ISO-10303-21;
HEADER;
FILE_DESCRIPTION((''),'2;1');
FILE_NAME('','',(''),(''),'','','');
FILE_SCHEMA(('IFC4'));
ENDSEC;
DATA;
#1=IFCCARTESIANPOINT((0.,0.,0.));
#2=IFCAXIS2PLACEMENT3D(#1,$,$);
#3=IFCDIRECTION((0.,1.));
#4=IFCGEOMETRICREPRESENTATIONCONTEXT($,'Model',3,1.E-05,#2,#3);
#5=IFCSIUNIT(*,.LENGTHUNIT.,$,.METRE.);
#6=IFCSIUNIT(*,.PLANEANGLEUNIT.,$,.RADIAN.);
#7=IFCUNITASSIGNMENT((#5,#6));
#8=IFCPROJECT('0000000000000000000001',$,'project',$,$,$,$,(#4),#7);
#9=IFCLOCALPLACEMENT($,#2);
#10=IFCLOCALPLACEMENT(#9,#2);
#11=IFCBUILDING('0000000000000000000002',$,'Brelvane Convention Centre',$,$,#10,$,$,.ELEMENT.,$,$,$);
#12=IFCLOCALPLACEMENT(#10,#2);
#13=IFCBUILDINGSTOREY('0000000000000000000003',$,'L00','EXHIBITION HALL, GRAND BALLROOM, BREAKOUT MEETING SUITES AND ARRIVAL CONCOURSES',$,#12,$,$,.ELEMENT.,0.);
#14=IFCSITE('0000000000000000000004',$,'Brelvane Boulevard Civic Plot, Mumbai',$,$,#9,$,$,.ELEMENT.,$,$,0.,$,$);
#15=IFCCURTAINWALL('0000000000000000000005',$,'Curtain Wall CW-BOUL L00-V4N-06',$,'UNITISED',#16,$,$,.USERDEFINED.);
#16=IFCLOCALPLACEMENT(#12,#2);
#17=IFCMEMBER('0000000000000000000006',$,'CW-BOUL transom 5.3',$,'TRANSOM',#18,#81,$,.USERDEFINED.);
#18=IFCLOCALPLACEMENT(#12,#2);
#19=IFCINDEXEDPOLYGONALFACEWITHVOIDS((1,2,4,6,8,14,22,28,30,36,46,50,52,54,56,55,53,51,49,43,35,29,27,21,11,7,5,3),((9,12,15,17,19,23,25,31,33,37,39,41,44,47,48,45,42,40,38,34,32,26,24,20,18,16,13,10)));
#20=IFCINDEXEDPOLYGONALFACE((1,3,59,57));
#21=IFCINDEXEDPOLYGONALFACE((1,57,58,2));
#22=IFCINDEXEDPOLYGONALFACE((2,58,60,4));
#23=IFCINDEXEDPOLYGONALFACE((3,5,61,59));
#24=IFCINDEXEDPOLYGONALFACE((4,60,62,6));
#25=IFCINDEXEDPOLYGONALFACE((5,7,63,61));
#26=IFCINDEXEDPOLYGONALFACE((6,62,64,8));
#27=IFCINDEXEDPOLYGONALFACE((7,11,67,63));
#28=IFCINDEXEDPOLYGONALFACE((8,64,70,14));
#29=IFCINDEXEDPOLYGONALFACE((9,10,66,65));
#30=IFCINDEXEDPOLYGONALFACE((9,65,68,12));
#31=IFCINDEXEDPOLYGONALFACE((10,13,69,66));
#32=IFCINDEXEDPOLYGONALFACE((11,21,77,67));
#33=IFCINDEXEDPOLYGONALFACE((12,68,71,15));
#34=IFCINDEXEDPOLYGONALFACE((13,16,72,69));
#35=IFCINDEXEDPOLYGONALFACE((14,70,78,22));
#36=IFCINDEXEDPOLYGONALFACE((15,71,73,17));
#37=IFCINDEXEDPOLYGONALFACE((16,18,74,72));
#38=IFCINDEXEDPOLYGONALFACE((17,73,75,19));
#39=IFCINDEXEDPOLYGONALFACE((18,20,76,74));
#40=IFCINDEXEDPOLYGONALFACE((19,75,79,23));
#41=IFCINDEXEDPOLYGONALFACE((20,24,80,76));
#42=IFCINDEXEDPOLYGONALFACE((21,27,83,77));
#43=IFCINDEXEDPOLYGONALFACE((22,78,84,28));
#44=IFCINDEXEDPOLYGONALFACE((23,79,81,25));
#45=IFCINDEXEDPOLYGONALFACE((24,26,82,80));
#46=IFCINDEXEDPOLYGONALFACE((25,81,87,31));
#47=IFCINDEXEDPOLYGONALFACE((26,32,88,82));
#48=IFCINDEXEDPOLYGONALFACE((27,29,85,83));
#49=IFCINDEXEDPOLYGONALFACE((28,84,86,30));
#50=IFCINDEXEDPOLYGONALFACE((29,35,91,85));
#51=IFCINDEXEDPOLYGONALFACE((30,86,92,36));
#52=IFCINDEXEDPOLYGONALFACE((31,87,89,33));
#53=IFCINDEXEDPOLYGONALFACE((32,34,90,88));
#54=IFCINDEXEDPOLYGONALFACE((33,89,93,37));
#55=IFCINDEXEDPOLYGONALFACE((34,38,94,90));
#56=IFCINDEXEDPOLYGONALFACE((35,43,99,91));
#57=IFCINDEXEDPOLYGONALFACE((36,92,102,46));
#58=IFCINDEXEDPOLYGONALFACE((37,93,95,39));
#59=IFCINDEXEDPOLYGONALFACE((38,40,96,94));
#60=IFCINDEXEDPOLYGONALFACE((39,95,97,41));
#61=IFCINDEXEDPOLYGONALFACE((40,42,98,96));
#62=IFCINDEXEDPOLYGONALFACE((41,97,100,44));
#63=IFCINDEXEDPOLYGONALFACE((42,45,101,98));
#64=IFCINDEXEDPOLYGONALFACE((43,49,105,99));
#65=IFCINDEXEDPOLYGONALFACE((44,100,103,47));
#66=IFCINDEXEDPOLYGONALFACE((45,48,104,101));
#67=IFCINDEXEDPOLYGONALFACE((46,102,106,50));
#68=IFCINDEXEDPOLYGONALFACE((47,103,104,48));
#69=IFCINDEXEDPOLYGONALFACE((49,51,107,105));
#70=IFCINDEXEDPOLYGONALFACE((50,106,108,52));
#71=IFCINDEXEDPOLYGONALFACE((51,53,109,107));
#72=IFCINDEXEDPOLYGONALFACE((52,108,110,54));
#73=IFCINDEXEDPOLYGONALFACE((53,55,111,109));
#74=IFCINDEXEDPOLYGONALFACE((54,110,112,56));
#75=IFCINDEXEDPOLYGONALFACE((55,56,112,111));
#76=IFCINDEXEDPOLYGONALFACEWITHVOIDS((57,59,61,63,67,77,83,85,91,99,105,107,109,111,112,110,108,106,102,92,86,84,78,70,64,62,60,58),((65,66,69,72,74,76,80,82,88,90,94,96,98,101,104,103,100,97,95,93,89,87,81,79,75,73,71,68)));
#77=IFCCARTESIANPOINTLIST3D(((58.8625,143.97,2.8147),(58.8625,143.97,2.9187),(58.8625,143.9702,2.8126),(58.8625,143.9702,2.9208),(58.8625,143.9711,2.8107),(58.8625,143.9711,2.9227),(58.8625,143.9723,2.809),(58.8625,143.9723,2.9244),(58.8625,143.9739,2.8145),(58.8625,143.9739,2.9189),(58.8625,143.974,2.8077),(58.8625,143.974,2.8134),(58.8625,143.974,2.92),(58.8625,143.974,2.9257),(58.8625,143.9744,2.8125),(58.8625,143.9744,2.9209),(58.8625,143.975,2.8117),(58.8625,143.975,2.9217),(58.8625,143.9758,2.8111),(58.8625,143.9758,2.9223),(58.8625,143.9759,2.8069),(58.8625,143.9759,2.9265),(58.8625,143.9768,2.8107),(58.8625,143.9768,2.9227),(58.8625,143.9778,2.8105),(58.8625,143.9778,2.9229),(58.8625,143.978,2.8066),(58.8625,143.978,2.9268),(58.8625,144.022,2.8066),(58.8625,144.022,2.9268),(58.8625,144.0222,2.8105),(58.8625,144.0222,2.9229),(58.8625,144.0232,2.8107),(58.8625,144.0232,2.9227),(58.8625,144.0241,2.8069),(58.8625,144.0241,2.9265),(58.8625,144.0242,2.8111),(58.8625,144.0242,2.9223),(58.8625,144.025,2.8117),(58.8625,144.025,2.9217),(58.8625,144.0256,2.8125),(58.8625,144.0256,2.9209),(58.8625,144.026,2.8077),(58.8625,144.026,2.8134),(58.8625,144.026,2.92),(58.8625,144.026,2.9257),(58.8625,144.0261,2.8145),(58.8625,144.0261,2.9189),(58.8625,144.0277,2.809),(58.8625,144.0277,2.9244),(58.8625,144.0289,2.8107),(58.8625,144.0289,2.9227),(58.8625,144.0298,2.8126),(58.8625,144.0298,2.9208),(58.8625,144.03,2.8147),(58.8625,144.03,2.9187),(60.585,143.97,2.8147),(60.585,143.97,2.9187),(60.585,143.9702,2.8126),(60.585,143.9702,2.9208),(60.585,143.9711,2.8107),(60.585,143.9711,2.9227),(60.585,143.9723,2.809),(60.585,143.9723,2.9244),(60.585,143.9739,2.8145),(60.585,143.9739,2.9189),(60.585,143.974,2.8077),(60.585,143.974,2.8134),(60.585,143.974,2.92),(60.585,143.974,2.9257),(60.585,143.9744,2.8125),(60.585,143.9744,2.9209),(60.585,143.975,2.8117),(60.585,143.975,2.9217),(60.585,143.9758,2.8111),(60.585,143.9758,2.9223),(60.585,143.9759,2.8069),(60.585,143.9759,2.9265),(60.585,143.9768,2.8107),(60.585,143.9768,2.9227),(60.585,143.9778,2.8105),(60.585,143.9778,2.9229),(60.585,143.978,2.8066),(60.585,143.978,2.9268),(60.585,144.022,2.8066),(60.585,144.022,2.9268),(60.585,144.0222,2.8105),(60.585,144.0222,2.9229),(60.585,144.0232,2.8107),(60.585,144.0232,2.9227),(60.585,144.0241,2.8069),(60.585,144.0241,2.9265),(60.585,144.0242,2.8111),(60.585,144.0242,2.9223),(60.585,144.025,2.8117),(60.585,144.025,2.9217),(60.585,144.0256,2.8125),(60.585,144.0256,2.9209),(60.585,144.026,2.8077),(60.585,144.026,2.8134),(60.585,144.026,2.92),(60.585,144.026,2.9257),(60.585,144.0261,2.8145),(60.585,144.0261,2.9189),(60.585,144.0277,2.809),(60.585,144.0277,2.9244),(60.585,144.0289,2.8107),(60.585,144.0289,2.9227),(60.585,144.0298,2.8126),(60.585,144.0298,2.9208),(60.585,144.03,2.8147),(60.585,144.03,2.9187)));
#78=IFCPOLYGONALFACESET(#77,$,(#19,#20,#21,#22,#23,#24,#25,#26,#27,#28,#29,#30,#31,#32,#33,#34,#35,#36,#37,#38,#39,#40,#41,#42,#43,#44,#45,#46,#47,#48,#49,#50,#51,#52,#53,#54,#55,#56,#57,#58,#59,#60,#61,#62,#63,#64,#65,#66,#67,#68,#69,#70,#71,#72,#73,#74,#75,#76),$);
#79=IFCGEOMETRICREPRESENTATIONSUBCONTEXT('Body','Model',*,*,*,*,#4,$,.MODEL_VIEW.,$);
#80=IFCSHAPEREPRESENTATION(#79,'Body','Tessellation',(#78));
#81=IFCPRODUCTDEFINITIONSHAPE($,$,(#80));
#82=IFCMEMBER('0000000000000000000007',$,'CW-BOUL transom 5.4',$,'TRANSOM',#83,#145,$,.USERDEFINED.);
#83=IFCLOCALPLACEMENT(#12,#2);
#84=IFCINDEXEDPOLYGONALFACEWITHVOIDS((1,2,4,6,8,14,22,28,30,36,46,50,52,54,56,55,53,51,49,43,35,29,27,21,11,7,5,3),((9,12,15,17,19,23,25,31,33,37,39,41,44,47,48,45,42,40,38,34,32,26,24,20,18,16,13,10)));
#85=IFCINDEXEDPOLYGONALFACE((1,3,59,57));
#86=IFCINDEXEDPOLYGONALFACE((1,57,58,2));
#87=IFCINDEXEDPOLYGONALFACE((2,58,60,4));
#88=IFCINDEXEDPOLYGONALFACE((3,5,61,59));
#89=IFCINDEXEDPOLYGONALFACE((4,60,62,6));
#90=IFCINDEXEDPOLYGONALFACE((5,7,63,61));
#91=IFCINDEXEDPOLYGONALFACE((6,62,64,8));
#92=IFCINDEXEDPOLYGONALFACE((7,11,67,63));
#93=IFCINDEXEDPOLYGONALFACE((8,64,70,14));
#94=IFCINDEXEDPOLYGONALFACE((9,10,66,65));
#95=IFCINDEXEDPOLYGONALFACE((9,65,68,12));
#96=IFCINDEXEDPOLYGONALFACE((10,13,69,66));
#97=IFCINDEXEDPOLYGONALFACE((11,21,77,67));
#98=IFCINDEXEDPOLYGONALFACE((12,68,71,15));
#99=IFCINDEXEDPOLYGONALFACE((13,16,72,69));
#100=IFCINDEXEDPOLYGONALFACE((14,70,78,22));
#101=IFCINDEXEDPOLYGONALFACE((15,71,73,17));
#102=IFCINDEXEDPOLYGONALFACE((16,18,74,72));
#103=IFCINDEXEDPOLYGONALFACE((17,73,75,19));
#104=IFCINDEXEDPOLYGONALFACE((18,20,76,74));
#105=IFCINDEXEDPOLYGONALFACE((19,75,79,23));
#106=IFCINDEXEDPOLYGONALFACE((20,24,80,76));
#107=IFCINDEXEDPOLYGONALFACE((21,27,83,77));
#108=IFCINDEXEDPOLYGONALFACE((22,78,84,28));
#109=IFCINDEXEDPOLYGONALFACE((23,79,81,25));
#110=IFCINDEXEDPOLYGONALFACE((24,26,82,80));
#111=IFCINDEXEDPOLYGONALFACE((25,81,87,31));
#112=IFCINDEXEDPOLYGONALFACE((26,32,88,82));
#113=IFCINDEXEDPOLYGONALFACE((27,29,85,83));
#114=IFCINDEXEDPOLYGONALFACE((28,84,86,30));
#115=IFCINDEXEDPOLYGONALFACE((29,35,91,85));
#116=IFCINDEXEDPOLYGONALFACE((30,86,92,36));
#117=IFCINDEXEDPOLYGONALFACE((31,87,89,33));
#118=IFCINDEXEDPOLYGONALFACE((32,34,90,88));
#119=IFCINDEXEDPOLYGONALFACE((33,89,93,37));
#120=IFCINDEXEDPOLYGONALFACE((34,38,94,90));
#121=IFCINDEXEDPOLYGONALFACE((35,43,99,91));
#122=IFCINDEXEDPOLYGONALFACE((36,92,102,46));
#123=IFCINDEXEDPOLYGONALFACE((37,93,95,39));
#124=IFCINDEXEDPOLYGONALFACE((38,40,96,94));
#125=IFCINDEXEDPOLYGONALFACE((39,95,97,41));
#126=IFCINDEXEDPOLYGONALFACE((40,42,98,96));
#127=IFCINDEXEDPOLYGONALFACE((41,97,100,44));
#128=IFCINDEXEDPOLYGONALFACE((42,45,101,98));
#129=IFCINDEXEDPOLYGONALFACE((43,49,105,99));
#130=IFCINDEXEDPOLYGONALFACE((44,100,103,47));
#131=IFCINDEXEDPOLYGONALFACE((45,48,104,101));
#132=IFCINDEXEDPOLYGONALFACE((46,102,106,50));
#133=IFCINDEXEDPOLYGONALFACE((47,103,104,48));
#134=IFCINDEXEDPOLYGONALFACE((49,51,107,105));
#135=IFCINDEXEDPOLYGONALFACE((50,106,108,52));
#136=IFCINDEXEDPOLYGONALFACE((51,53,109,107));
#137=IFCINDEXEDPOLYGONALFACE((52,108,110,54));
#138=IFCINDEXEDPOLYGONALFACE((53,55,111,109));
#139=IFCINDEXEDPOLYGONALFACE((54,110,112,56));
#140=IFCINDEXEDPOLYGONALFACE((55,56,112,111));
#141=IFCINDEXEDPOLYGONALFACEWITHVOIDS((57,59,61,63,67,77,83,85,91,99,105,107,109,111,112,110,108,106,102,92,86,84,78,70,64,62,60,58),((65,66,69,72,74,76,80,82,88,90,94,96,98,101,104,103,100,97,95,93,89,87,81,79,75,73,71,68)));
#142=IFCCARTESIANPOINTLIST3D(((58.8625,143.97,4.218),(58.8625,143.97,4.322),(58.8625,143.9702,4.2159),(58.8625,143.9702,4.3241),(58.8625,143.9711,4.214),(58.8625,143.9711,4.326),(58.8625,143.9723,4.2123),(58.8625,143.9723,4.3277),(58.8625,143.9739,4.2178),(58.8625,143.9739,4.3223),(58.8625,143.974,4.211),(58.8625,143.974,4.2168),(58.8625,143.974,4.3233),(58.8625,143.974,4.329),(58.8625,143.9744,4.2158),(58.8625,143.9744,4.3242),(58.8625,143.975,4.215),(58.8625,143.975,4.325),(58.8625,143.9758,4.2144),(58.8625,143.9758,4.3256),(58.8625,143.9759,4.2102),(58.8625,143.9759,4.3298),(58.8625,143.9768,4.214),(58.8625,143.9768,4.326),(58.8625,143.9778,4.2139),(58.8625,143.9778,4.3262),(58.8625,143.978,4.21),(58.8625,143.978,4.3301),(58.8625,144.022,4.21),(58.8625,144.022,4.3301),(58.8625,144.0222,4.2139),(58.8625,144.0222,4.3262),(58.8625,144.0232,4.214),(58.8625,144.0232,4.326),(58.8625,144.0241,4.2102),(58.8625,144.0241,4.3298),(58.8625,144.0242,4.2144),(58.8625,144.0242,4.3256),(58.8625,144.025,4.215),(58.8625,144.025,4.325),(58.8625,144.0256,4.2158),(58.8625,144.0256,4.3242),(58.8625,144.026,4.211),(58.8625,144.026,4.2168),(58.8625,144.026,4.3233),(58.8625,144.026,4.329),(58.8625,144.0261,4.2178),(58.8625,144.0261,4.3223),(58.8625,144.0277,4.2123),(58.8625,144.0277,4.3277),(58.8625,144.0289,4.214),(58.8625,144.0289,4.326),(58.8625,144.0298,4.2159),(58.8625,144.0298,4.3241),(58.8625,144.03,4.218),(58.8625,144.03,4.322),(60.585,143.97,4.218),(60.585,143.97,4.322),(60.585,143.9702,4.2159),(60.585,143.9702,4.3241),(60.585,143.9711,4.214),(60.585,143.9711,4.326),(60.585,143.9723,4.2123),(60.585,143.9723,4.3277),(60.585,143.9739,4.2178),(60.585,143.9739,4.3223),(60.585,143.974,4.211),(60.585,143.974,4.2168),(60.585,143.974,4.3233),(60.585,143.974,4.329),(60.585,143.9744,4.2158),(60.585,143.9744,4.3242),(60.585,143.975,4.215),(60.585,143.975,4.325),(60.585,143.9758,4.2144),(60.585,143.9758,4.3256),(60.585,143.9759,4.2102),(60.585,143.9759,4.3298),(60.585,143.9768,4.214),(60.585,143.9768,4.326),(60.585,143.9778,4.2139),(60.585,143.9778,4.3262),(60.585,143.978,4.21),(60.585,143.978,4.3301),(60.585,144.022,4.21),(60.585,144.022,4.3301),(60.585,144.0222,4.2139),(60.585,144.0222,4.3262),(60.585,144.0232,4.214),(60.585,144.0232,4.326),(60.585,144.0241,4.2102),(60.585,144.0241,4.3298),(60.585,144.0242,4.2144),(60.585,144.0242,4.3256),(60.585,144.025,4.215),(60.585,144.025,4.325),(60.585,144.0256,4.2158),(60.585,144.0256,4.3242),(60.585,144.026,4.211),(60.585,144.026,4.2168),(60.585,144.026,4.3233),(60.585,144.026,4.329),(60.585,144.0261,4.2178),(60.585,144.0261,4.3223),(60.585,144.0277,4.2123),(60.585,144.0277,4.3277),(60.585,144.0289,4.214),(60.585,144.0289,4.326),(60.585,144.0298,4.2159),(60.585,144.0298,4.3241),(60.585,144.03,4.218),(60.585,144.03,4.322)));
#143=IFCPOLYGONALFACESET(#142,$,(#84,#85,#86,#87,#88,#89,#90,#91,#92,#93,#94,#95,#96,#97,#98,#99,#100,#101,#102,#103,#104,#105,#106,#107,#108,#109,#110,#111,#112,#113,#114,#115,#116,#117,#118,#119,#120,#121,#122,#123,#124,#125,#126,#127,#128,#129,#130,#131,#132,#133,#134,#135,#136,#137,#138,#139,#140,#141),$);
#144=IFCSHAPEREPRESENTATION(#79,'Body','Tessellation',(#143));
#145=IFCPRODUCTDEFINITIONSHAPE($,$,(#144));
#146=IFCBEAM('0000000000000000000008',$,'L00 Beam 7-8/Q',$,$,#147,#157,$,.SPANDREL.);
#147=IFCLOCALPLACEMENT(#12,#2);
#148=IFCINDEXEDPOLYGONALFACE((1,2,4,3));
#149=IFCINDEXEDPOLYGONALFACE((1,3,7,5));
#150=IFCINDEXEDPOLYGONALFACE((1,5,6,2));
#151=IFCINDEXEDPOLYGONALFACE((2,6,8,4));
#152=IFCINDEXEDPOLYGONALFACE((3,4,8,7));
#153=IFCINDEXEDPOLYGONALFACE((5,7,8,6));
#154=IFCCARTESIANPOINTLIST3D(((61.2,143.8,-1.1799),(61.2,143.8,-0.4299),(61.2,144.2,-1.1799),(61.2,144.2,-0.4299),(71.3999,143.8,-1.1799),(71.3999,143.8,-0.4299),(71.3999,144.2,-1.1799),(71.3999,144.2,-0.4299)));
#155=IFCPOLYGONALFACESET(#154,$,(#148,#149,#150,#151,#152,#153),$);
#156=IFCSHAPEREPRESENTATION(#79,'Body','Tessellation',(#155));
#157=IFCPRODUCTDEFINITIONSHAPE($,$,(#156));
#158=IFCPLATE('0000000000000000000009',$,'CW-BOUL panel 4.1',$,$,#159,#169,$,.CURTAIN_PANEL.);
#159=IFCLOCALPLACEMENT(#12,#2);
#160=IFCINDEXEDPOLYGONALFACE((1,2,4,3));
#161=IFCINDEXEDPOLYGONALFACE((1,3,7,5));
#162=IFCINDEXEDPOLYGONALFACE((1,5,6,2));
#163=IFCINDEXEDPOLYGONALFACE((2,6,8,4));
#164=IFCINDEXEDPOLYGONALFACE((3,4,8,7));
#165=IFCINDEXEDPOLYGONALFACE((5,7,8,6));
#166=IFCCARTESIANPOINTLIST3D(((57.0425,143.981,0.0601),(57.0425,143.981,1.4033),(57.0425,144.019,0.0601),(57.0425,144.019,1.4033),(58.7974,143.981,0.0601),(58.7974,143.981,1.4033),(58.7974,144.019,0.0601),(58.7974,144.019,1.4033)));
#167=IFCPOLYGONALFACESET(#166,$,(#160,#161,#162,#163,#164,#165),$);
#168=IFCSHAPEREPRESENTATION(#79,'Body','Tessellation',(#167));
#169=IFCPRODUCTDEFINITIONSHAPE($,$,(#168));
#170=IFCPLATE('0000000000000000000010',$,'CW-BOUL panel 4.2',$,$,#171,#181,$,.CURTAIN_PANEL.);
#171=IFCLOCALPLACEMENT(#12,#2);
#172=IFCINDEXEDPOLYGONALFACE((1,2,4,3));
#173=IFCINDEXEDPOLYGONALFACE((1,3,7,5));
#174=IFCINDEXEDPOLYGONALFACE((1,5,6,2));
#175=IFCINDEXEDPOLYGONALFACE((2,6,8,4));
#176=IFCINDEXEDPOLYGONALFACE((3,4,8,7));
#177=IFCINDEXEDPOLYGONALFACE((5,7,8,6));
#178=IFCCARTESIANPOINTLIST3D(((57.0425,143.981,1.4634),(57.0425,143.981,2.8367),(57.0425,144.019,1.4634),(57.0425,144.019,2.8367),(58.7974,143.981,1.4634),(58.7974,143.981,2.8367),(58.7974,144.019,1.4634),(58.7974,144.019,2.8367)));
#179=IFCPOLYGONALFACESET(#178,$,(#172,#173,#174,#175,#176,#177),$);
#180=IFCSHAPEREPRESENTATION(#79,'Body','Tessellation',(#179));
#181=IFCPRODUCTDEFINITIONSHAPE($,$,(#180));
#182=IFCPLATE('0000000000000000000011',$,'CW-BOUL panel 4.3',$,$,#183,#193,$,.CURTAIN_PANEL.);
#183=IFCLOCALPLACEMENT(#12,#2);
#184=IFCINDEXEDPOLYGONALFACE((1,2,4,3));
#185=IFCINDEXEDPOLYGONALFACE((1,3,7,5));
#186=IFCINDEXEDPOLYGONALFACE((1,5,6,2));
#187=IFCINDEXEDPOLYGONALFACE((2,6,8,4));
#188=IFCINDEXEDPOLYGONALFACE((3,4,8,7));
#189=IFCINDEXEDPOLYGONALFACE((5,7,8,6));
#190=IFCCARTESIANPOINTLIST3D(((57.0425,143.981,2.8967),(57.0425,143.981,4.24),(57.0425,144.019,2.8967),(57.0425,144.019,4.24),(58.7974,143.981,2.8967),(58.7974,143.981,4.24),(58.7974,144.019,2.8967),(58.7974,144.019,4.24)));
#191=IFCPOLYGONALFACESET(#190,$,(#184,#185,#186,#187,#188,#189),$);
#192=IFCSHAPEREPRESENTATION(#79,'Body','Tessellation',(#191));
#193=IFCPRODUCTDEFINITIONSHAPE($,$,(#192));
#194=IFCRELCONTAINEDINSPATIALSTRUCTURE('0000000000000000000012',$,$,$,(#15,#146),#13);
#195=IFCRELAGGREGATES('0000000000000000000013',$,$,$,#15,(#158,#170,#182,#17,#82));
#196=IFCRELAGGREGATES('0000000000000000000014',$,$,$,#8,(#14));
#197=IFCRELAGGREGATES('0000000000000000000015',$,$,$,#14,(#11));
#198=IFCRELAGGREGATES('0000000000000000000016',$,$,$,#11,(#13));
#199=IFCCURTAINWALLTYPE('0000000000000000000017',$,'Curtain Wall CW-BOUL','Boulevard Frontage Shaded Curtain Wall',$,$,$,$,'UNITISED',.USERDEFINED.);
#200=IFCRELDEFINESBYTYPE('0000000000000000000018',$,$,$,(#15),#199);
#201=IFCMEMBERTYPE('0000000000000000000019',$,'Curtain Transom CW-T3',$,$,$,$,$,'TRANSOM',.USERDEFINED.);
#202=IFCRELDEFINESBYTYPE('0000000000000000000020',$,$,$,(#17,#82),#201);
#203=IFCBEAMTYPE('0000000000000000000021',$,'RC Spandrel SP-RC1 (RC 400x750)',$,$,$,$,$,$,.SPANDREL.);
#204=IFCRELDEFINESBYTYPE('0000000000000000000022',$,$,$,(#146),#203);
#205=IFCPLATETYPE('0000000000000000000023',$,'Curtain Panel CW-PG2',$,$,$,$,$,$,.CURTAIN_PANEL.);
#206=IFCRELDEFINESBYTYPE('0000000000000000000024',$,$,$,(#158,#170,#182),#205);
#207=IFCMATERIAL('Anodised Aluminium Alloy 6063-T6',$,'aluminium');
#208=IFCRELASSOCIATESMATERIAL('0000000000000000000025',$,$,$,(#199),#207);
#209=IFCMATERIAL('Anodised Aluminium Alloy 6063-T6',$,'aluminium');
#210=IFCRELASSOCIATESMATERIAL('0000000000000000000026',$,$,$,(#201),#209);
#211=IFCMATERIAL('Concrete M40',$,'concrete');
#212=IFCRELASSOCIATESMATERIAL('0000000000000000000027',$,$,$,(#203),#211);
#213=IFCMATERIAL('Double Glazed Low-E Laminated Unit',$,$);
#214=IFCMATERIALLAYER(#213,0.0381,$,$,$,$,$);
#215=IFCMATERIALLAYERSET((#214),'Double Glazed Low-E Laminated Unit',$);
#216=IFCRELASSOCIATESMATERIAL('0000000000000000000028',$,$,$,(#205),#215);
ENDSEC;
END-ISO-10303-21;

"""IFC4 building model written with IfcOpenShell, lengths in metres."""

from ifc_helpers import new_model, si_unit, direction, frame, origin, origin_2d, place, context, subcontext, project, spatial, rectangle, hollow_rectangle, extrude, material, layer, layer_set, material_profile, profile_set, type_object, element, aggregate, save


model = new_model("IFC4")

# Units and contexts
model_context = context("Model", 3, precision=1e-05, world=origin(), true_north=direction((0.0, 1.0)))
body_context = subcontext(model_context, "Body", "Model", "MODEL_VIEW")
ifc_project = project(units=[si_unit("LENGTHUNIT", "METRE"), si_unit("PLANEANGLEUNIT", "RADIAN")], contexts=[model_context])

# Site, building, storey
site_placement = place(None, origin())
site = spatial("IfcSite", under=ifc_project, at=site_placement, Name="Brelvane Boulevard Civic Plot, Mumbai", CompositionType="ELEMENT", RefElevation=0.0)
building_placement = place(site_placement, origin())
building = spatial("IfcBuilding", under=site, at=building_placement, Name="Brelvane Convention Centre", CompositionType="ELEMENT")
storey_placement = place(building_placement, origin())
storey = spatial("IfcBuildingStorey", under=building, at=storey_placement, Name="L00", Description="EXHIBITION HALL, GRAND BALLROOM, BREAKOUT MEETING SUITES AND ARRIVAL CONCOURSES", CompositionType="ELEMENT", Elevation=0.0)

# Curtain wall, members
ifc_material_1 = material(Name="Anodised Aluminium Alloy 6063-T6", Category="aluminium")
curtain_wall_type = type_object("IfcCurtainWallType", Name="Curtain Wall CW-BOUL", Description="Boulevard Frontage Shaded Curtain Wall", ElementType="UNITISED", PredefinedType="USERDEFINED", material=ifc_material_1)
curtain_wall_placement = place(storey_placement, origin())
curtain_wall = element("IfcCurtainWall", 1, at=curtain_wall_placement, inside=storey, type_object=curtain_wall_type, Name="Curtain Wall CW-BOUL L00-V4N-06", ObjectType="UNITISED", PredefinedType="USERDEFINED")
ifc_material_2 = material(Name="Anodised Aluminium Alloy 6063-T6", Category="aluminium")
ifc_material_profile_1 = material_profile(ifc_material_2, hollow_rectangle(XDim=0.0601, YDim=0.1201, WallThickness=0.0039, InnerFilletRadius=0.0039, OuterFilletRadius=0.0081, at=origin_2d()), Name="ALU-T 120x60x4.0")
ifc_profile_set_1 = profile_set([ifc_material_profile_1], Name="Anodised Aluminium Alloy 6063-T6")
member_type_1 = type_object("IfcMemberType", Name="Curtain Transom CW-T3", ElementType="TRANSOM", PredefinedType="USERDEFINED", material=ifc_profile_set_1)
member_1_placement = place(storey_placement, frame((58.8625, 144.0, 2.8667), z_axis=(1.0, 0.0, 0.0), x_axis=(0.0, 1.0, 0.0)))
member_1 = element("IfcMember", 2, at=member_1_placement, type_object=member_type_1, Name="CW-BOUL transom 5.3", ObjectType="TRANSOM", PredefinedType="USERDEFINED", context=body_context, shape_type="SweptSolid", body=[
    extrude(hollow_rectangle(XDim=0.0601, YDim=0.1201, WallThickness=0.0039, InnerFilletRadius=0.0039, OuterFilletRadius=0.0081, at=origin_2d()), origin(), (0.0, 0.0, 1.0), 1.7224),
])
member_2_placement = place(storey_placement, frame((58.8625, 144.0, 4.27), z_axis=(1.0, 0.0, 0.0), x_axis=(0.0, 1.0, 0.0)))
member_2 = element("IfcMember", 3, at=member_2_placement, type_object=member_type_1, Name="CW-BOUL transom 5.4", ObjectType="TRANSOM", PredefinedType="USERDEFINED", context=body_context, shape_type="SweptSolid", body=[
    extrude(hollow_rectangle(XDim=0.0601, YDim=0.1201, WallThickness=0.0039, InnerFilletRadius=0.0039, OuterFilletRadius=0.0081, at=origin_2d()), origin(), (0.0, 0.0, 1.0), 1.7224),
])

# Beam
ifc_material_3 = material(Name="Concrete M40", Category="concrete")
ifc_material_profile_2 = material_profile(ifc_material_3, rectangle(XDim=0.3999, YDim=0.75, at=origin_2d()), Name="RC 400x750")
ifc_profile_set_2 = profile_set([ifc_material_profile_2], Name="Concrete M40")
beam_type = type_object("IfcBeamType", Name="RC Spandrel SP-RC1 (RC 400x750)", PredefinedType="SPANDREL", material=ifc_profile_set_2)
beam_placement = place(storey_placement, frame((61.2, 144.0, -0.8049), z_axis=(1.0, 0.0, 0.0), x_axis=(0.0, 1.0, 0.0)))
element("IfcBeam", 4, at=beam_placement, inside=storey, type_object=beam_type, Name="L00 Beam 7-8/Q", PredefinedType="SPANDREL", context=body_context, shape_type="SweptSolid", body=[
    extrude(rectangle(XDim=0.3999, YDim=0.75, at=origin_2d()), origin(), (0.0, 0.0, 1.0), 10.2),
])

# Plates
ifc_material_4 = material(Name="Double Glazed Low-E Laminated Unit")
ifc_layer_1 = layer(ifc_material_4, 0.0381)
ifc_layer_set_1 = layer_set([ifc_layer_1], Name="Double Glazed Low-E Laminated Unit")
plate_type = type_object("IfcPlateType", Name="Curtain Panel CW-PG2", PredefinedType="CURTAIN_PANEL", material=ifc_layer_set_1)
plate_1_placement = place(storey_placement, frame((57.9199, 144.0, 0.0601), z_axis=(0.0, 0.0, 1.0), x_axis=(1.0, 0.0, 0.0)))
plate_1 = element("IfcPlate", 5, at=plate_1_placement, type_object=plate_type, Name="CW-BOUL panel 4.1", PredefinedType="CURTAIN_PANEL", context=body_context, shape_type="SweptSolid", body=[
    extrude(rectangle(XDim=1.7549, YDim=0.0381, at=origin_2d()), origin(), (0.0, 0.0, 1.0), 1.3433),
])
plate_2_placement = place(storey_placement, frame((57.9199, 144.0, 1.4634), z_axis=(0.0, 0.0, 1.0), x_axis=(1.0, 0.0, 0.0)))
plate_2 = element("IfcPlate", 6, at=plate_2_placement, type_object=plate_type, Name="CW-BOUL panel 4.2", PredefinedType="CURTAIN_PANEL", context=body_context, shape_type="SweptSolid", body=[
    extrude(rectangle(XDim=1.7549, YDim=0.0381, at=origin_2d()), origin(), (0.0, 0.0, 1.0), 1.3733),
])
plate_3_placement = place(storey_placement, frame((57.9199, 144.0, 2.8967), z_axis=(0.0, 0.0, 1.0), x_axis=(1.0, 0.0, 0.0)))
plate_3 = element("IfcPlate", 7, at=plate_3_placement, type_object=plate_type, Name="CW-BOUL panel 4.3", PredefinedType="CURTAIN_PANEL", context=body_context, shape_type="SweptSolid", body=[
    extrude(rectangle(XDim=1.7549, YDim=0.0381, at=origin_2d()), origin(), (0.0, 0.0, 1.0), 1.3433),
])
aggregate(curtain_wall, [plate_1, plate_2, plate_3, member_1, member_2])

save(model, "model.ifc")
